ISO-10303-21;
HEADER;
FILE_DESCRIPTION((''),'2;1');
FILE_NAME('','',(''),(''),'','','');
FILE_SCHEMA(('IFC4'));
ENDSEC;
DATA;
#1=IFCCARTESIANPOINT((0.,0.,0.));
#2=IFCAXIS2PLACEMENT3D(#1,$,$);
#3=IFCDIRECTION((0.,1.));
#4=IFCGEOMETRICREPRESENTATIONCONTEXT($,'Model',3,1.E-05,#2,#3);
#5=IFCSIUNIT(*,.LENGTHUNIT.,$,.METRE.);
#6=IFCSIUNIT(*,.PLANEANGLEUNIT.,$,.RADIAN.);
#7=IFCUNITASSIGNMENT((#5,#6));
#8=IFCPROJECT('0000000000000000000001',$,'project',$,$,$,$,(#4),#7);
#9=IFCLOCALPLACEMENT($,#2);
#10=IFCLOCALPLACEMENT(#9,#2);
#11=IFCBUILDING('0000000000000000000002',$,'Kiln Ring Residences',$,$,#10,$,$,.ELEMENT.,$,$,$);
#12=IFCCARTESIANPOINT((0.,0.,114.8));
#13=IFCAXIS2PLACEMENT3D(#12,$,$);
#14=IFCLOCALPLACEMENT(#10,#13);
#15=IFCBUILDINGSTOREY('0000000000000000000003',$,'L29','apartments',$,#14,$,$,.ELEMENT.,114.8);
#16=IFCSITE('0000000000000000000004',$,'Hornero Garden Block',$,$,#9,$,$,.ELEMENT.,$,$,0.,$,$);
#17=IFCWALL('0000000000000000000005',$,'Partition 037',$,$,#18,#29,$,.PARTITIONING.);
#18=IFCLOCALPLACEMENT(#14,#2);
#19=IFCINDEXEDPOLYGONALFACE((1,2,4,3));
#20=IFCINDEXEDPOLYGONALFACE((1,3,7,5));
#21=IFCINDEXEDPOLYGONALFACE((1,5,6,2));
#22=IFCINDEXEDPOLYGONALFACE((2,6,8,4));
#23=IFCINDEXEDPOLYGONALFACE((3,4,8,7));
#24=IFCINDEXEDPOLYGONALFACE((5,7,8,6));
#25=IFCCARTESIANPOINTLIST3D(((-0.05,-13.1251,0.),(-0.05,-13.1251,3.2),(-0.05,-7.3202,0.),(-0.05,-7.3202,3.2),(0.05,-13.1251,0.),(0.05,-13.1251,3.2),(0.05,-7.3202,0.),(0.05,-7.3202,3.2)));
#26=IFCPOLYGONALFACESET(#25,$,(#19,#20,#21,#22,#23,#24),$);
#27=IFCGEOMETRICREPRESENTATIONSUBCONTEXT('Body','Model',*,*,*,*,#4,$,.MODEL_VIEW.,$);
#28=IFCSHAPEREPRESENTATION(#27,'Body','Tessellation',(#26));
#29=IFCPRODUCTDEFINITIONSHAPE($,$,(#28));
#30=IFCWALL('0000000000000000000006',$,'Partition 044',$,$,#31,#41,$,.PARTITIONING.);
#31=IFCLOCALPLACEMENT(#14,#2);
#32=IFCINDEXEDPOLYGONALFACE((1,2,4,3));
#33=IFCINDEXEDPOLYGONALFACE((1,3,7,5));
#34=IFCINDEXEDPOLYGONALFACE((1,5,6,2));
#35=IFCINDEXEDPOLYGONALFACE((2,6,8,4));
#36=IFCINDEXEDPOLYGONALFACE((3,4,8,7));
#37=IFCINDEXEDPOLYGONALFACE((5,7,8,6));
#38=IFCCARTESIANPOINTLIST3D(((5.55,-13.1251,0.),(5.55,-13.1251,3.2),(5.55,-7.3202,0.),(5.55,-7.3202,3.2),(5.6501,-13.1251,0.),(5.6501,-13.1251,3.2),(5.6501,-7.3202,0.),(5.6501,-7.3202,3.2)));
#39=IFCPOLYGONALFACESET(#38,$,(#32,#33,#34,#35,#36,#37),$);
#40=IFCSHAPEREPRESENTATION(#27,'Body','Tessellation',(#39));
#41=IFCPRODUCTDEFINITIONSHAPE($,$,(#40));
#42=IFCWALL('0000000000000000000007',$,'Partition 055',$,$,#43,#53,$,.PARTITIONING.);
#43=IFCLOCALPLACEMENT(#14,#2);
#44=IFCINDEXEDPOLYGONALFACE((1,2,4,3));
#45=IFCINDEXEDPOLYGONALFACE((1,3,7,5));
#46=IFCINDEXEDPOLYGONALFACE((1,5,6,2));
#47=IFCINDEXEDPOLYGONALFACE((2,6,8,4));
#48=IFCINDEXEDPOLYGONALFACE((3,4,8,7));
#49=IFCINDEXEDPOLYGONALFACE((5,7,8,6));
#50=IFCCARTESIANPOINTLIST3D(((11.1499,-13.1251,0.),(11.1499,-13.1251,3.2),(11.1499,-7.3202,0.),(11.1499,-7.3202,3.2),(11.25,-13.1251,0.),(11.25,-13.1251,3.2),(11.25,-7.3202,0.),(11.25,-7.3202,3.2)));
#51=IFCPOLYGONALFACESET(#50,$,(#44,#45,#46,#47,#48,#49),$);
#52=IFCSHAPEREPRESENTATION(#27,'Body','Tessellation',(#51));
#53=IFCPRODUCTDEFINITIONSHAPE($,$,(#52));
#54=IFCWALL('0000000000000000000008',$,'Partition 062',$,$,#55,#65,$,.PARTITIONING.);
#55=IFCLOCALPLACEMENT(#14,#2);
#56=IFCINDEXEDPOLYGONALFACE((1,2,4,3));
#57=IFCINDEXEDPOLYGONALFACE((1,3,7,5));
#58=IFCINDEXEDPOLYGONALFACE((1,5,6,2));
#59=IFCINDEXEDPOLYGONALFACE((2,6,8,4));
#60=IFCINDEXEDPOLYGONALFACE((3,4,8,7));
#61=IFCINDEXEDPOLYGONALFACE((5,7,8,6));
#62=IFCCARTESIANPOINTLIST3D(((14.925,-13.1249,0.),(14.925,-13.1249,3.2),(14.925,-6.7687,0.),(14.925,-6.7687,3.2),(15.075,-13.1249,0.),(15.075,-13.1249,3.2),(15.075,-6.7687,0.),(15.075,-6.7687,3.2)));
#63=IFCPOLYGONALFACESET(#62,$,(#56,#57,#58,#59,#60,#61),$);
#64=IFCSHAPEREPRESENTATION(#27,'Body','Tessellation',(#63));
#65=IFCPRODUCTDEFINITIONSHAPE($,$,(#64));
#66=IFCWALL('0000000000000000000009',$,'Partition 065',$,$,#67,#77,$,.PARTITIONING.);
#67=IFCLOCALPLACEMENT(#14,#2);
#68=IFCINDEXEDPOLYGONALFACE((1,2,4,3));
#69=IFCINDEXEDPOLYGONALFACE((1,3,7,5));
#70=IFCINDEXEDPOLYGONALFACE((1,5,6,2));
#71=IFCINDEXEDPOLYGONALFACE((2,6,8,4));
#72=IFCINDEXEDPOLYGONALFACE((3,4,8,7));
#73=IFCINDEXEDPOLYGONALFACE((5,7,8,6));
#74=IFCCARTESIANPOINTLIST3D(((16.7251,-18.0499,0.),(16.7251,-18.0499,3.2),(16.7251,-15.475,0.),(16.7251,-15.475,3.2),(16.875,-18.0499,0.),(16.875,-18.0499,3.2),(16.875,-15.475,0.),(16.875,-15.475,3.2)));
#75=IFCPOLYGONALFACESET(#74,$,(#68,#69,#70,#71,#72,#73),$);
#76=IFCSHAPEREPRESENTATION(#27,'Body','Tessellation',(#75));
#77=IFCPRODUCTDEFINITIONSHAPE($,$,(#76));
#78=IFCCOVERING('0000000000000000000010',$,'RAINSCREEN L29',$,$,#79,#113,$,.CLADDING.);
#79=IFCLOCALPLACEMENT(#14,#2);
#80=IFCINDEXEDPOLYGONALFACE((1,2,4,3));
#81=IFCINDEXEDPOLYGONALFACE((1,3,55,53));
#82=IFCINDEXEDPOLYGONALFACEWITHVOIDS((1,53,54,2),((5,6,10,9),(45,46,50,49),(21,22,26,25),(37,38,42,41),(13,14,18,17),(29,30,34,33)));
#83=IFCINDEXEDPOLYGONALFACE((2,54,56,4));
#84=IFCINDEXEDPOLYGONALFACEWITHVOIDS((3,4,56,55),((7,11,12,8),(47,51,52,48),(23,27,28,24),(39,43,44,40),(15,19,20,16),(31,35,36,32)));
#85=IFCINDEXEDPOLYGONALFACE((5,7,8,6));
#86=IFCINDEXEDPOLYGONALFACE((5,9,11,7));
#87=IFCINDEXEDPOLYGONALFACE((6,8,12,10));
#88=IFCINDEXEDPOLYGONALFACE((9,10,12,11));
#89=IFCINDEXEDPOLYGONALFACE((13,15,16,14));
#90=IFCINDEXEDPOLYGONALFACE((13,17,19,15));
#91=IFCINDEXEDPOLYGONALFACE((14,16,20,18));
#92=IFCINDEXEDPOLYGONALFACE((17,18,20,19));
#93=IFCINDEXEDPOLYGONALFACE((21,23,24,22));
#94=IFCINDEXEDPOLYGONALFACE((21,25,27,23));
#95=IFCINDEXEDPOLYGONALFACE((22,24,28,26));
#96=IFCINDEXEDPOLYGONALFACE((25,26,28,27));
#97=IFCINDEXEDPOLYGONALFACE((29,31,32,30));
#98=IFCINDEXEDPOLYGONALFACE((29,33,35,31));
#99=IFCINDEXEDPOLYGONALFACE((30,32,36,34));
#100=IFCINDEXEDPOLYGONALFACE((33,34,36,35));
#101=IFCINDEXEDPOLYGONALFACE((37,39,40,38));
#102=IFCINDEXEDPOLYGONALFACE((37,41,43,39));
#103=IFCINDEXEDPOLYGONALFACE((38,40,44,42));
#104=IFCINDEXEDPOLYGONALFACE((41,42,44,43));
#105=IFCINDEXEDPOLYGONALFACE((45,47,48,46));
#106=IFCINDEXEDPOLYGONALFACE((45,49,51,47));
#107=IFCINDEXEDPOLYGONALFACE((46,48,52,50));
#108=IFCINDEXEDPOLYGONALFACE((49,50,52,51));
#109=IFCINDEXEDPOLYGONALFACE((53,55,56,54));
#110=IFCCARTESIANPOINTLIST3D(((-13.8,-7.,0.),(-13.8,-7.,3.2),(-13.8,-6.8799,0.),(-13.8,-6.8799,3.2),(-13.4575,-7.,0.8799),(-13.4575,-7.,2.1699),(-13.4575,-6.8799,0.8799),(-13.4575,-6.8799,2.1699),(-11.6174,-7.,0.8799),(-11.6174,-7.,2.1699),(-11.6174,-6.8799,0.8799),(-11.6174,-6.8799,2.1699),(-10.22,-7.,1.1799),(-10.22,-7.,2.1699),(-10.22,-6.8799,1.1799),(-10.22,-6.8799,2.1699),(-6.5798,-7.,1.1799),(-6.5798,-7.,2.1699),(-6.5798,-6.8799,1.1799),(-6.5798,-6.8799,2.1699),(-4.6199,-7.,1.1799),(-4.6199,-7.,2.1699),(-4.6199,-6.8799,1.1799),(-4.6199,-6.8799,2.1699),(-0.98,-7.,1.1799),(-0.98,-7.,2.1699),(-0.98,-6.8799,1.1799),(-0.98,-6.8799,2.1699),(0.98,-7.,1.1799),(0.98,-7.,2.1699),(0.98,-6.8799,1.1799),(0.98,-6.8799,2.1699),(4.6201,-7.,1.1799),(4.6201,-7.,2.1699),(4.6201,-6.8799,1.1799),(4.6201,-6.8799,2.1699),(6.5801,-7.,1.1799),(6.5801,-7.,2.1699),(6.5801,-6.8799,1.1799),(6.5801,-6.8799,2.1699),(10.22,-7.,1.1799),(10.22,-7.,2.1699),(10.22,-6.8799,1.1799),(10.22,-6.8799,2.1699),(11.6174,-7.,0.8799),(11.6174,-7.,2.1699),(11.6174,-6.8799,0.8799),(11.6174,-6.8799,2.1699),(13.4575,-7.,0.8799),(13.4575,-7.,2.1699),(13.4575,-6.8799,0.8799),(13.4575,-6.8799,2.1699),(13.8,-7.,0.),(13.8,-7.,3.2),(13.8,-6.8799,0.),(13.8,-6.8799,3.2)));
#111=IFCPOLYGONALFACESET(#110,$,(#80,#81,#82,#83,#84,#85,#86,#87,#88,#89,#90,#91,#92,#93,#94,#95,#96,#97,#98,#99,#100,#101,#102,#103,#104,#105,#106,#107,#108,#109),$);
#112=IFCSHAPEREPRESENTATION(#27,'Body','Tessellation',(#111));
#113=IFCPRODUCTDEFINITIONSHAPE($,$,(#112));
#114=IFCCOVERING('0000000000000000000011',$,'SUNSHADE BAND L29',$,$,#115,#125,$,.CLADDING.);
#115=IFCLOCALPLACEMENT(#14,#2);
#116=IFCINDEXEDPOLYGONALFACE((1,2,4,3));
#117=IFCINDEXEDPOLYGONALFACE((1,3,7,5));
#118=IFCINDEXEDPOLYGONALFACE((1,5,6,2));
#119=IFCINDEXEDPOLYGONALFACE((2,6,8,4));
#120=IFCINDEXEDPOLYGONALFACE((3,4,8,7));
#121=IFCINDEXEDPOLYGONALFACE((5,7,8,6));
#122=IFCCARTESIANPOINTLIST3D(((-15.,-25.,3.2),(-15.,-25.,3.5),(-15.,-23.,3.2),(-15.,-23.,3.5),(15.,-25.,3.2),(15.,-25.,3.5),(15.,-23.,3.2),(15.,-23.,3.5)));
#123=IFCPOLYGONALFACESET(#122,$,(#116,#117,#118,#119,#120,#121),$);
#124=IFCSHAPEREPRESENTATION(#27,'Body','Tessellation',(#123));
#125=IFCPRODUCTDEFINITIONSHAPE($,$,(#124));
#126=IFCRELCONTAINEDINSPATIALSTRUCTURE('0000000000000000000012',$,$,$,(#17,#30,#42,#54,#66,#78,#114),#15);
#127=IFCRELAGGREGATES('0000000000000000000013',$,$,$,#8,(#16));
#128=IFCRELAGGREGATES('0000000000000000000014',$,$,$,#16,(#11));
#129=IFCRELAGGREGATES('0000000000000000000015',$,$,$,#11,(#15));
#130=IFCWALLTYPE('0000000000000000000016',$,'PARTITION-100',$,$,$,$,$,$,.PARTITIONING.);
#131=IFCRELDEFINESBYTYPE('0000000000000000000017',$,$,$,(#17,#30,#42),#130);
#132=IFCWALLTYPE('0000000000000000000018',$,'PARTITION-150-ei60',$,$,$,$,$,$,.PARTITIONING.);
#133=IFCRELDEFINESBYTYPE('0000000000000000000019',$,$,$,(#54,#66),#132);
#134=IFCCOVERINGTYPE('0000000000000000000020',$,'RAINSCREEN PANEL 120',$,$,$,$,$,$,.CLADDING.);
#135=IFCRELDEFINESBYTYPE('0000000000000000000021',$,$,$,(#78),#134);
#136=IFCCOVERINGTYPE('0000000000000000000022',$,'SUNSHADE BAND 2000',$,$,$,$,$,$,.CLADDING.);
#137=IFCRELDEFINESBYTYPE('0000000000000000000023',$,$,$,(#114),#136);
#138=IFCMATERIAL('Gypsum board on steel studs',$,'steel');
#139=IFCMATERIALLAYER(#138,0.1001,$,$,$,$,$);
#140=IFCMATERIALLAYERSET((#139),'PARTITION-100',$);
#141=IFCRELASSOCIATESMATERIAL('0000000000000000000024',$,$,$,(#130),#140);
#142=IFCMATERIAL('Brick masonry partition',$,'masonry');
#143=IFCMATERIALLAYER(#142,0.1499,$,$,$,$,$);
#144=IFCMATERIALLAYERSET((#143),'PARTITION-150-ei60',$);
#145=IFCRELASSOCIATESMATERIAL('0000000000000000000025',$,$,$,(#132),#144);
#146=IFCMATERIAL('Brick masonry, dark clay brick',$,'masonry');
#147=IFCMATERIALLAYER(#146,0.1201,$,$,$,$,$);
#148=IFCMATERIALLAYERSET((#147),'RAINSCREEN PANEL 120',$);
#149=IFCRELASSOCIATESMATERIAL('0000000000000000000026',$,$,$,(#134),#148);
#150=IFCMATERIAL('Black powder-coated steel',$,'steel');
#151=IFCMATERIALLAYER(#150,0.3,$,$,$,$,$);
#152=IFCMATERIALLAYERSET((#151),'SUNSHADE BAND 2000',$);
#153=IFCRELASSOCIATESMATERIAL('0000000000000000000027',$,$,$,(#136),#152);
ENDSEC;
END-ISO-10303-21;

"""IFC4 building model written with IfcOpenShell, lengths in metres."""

from ifc_helpers import new_model, si_unit, direction, frame, frame_2d, origin, place, context, subcontext, project, spatial, polyline, rectangle, outline, extrude, material, layer, layer_set, type_object, element, save


model = new_model("IFC4")

# Units and contexts
model_context = context("Model", 3, precision=1e-05, world=origin(), true_north=direction((0.0, 1.0)))
body_context = subcontext(model_context, "Body", "Model", "MODEL_VIEW")
ifc_project = project(units=[si_unit("LENGTHUNIT", "METRE"), si_unit("PLANEANGLEUNIT", "RADIAN")], contexts=[model_context])

# Site, building, storey
site_placement = place(None, origin())
site = spatial("IfcSite", under=ifc_project, at=site_placement, Name="Hornero Garden Block", CompositionType="ELEMENT", RefElevation=0.0)
building_placement = place(site_placement, origin())
building = spatial("IfcBuilding", under=site, at=building_placement, Name="Kiln Ring Residences", CompositionType="ELEMENT")
storey_placement = place(building_placement, frame((0.0, 0.0, 114.8)))
storey = spatial("IfcBuildingStorey", under=building, at=storey_placement, Name="L29", Description="apartments", CompositionType="ELEMENT", Elevation=114.8)

# Walls
ifc_material_1 = material(Name="Gypsum board on steel studs", Category="steel")
ifc_layer_1 = layer(ifc_material_1, 0.1001)
ifc_layer_set_1 = layer_set([ifc_layer_1], Name="PARTITION-100")
wall_type_1 = type_object("IfcWallType", Name="PARTITION-100", PredefinedType="PARTITIONING", material=ifc_layer_set_1)
for number, where, z_axis, x_axis, name in (
    (1, (0.0, -13.125, 0.0), (0.0, 0.0, 1.0), (0.0, 1.0, 0.0), "Partition 037"),
    (2, (5.6001, -13.125, 0.0), (0.0, 0.0, 1.0), (0.0, 1.0, 0.0), "Partition 044"),
    (3, (11.2, -13.125, 0.0), (0.0, 0.0, 1.0), (0.0, 1.0, 0.0), "Partition 055"),
):
    element("IfcWall", number, at=place(storey_placement, frame(where, z_axis=z_axis, x_axis=x_axis)), inside=storey, type_object=wall_type_1, Name=name, PredefinedType="PARTITIONING", context=body_context, shape_type="SweptSolid", body=[
        extrude(rectangle(XDim=5.8049, YDim=0.1001, at=frame_2d((2.9023, 0.0))), origin(), (0.0, 0.0, 1.0), 3.2),
    ])
ifc_material_2 = material(Name="Brick masonry partition", Category="masonry")
ifc_layer_2 = layer(ifc_material_2, 0.1499)
ifc_layer_set_2 = layer_set([ifc_layer_2], Name="PARTITION-150-ei60")
wall_type_2 = type_object("IfcWallType", Name="PARTITION-150-ei60", PredefinedType="PARTITIONING", material=ifc_layer_set_2)
wall_1_placement = place(storey_placement, frame((15.0, -13.125, 0.0), z_axis=(0.0, 0.0, 1.0), x_axis=(0.0, 1.0, 0.0)))
element("IfcWall", 4, at=wall_1_placement, inside=storey, type_object=wall_type_2, Name="Partition 062", PredefinedType="PARTITIONING", context=body_context, shape_type="SweptSolid", body=[
    extrude(rectangle(XDim=6.3562, YDim=0.1499, at=frame_2d((3.1782, 0.0))), origin(), (0.0, 0.0, 1.0), 3.2),
])
wall_2_placement = place(storey_placement, frame((16.8, -18.05, 0.0), z_axis=(0.0, 0.0, 1.0), x_axis=(0.0, 1.0, 0.0)))
element("IfcWall", 5, at=wall_2_placement, inside=storey, type_object=wall_type_2, Name="Partition 065", PredefinedType="PARTITIONING", context=body_context, shape_type="SweptSolid", body=[
    extrude(rectangle(XDim=2.575, YDim=0.1499, at=frame_2d((1.2876, 0.0))), origin(), (0.0, 0.0, 1.0), 3.2),
])

# Coverings
ifc_material_3 = material(Name="Brick masonry, dark clay brick", Category="masonry")
ifc_layer_3 = layer(ifc_material_3, 0.1201)
ifc_layer_set_3 = layer_set([ifc_layer_3], Name="RAINSCREEN PANEL 120")
covering_type_1 = type_object("IfcCoveringType", Name="RAINSCREEN PANEL 120", PredefinedType="CLADDING", material=ifc_layer_set_3)
covering_1_placement = place(storey_placement, frame((13.8, -6.9399, 0.0), z_axis=(0.0, 0.0, 1.0), x_axis=(-1.0, 0.0, 0.0)))
element("IfcCovering", 6, at=covering_1_placement, inside=storey, type_object=covering_type_1, Name="RAINSCREEN L29", PredefinedType="CLADDING", context=body_context, shape_type="SweptSolid", body=[
    extrude(outline(polyline([(0.0, 0.0), (27.6001, 0.0), (27.6001, 3.2), (0.0, 3.2), (0.0, 0.0)]), holes=[polyline([(2.1826, 0.8799), (2.1826, 2.1699), (0.3425, 2.1699), (0.3425, 0.8799), (2.1826, 0.8799)]), polyline([(25.4175, 0.8799), (27.2576, 0.8799), (27.2576, 2.1699), (25.4175, 2.1699), (25.4175, 0.8799)]), polyline([(3.5801, 1.1799), (7.22, 1.1799), (7.22, 2.1699), (3.5801, 2.1699), (3.5801, 1.1799)]), polyline([(12.8201, 1.1799), (12.8201, 2.1699), (9.1799, 2.1699), (9.1799, 1.1799), (12.8201, 1.1799)]), polyline([(14.78, 1.1799), (18.4199, 1.1799), (18.4199, 2.1699), (14.78, 2.1699), (14.78, 1.1799)]), polyline([(20.3799, 1.1799), (24.02, 1.1799), (24.02, 2.1699), (20.3799, 2.1699), (20.3799, 1.1799)])]), frame((0.0, 0.0601, 0.0), z_axis=(0.0, -1.0, 0.0), x_axis=(1.0, 0.0, 0.0)), (0.0, 0.0, 1.0), 0.1201),
])
ifc_material_4 = material(Name="Black powder-coated steel", Category="steel")
ifc_layer_4 = layer(ifc_material_4, 0.3)
ifc_layer_set_4 = layer_set([ifc_layer_4], Name="SUNSHADE BAND 2000")
covering_type_2 = type_object("IfcCoveringType", Name="SUNSHADE BAND 2000", PredefinedType="CLADDING", material=ifc_layer_set_4)
covering_2_placement = place(storey_placement, frame((0.0, 0.0, 3.2)))
element("IfcCovering", 7, at=covering_2_placement, inside=storey, type_object=covering_type_2, Name="SUNSHADE BAND L29", PredefinedType="CLADDING", context=body_context, shape_type="SweptSolid", body=[
    extrude(outline(polyline([(-15.0, -25.0), (15.0, -25.0), (15.0, -23.0), (-15.0, -23.0), (-15.0, -25.0)])), origin(), (0.0, 0.0, 1.0), 0.3),
])

save(model, "model.ifc")
